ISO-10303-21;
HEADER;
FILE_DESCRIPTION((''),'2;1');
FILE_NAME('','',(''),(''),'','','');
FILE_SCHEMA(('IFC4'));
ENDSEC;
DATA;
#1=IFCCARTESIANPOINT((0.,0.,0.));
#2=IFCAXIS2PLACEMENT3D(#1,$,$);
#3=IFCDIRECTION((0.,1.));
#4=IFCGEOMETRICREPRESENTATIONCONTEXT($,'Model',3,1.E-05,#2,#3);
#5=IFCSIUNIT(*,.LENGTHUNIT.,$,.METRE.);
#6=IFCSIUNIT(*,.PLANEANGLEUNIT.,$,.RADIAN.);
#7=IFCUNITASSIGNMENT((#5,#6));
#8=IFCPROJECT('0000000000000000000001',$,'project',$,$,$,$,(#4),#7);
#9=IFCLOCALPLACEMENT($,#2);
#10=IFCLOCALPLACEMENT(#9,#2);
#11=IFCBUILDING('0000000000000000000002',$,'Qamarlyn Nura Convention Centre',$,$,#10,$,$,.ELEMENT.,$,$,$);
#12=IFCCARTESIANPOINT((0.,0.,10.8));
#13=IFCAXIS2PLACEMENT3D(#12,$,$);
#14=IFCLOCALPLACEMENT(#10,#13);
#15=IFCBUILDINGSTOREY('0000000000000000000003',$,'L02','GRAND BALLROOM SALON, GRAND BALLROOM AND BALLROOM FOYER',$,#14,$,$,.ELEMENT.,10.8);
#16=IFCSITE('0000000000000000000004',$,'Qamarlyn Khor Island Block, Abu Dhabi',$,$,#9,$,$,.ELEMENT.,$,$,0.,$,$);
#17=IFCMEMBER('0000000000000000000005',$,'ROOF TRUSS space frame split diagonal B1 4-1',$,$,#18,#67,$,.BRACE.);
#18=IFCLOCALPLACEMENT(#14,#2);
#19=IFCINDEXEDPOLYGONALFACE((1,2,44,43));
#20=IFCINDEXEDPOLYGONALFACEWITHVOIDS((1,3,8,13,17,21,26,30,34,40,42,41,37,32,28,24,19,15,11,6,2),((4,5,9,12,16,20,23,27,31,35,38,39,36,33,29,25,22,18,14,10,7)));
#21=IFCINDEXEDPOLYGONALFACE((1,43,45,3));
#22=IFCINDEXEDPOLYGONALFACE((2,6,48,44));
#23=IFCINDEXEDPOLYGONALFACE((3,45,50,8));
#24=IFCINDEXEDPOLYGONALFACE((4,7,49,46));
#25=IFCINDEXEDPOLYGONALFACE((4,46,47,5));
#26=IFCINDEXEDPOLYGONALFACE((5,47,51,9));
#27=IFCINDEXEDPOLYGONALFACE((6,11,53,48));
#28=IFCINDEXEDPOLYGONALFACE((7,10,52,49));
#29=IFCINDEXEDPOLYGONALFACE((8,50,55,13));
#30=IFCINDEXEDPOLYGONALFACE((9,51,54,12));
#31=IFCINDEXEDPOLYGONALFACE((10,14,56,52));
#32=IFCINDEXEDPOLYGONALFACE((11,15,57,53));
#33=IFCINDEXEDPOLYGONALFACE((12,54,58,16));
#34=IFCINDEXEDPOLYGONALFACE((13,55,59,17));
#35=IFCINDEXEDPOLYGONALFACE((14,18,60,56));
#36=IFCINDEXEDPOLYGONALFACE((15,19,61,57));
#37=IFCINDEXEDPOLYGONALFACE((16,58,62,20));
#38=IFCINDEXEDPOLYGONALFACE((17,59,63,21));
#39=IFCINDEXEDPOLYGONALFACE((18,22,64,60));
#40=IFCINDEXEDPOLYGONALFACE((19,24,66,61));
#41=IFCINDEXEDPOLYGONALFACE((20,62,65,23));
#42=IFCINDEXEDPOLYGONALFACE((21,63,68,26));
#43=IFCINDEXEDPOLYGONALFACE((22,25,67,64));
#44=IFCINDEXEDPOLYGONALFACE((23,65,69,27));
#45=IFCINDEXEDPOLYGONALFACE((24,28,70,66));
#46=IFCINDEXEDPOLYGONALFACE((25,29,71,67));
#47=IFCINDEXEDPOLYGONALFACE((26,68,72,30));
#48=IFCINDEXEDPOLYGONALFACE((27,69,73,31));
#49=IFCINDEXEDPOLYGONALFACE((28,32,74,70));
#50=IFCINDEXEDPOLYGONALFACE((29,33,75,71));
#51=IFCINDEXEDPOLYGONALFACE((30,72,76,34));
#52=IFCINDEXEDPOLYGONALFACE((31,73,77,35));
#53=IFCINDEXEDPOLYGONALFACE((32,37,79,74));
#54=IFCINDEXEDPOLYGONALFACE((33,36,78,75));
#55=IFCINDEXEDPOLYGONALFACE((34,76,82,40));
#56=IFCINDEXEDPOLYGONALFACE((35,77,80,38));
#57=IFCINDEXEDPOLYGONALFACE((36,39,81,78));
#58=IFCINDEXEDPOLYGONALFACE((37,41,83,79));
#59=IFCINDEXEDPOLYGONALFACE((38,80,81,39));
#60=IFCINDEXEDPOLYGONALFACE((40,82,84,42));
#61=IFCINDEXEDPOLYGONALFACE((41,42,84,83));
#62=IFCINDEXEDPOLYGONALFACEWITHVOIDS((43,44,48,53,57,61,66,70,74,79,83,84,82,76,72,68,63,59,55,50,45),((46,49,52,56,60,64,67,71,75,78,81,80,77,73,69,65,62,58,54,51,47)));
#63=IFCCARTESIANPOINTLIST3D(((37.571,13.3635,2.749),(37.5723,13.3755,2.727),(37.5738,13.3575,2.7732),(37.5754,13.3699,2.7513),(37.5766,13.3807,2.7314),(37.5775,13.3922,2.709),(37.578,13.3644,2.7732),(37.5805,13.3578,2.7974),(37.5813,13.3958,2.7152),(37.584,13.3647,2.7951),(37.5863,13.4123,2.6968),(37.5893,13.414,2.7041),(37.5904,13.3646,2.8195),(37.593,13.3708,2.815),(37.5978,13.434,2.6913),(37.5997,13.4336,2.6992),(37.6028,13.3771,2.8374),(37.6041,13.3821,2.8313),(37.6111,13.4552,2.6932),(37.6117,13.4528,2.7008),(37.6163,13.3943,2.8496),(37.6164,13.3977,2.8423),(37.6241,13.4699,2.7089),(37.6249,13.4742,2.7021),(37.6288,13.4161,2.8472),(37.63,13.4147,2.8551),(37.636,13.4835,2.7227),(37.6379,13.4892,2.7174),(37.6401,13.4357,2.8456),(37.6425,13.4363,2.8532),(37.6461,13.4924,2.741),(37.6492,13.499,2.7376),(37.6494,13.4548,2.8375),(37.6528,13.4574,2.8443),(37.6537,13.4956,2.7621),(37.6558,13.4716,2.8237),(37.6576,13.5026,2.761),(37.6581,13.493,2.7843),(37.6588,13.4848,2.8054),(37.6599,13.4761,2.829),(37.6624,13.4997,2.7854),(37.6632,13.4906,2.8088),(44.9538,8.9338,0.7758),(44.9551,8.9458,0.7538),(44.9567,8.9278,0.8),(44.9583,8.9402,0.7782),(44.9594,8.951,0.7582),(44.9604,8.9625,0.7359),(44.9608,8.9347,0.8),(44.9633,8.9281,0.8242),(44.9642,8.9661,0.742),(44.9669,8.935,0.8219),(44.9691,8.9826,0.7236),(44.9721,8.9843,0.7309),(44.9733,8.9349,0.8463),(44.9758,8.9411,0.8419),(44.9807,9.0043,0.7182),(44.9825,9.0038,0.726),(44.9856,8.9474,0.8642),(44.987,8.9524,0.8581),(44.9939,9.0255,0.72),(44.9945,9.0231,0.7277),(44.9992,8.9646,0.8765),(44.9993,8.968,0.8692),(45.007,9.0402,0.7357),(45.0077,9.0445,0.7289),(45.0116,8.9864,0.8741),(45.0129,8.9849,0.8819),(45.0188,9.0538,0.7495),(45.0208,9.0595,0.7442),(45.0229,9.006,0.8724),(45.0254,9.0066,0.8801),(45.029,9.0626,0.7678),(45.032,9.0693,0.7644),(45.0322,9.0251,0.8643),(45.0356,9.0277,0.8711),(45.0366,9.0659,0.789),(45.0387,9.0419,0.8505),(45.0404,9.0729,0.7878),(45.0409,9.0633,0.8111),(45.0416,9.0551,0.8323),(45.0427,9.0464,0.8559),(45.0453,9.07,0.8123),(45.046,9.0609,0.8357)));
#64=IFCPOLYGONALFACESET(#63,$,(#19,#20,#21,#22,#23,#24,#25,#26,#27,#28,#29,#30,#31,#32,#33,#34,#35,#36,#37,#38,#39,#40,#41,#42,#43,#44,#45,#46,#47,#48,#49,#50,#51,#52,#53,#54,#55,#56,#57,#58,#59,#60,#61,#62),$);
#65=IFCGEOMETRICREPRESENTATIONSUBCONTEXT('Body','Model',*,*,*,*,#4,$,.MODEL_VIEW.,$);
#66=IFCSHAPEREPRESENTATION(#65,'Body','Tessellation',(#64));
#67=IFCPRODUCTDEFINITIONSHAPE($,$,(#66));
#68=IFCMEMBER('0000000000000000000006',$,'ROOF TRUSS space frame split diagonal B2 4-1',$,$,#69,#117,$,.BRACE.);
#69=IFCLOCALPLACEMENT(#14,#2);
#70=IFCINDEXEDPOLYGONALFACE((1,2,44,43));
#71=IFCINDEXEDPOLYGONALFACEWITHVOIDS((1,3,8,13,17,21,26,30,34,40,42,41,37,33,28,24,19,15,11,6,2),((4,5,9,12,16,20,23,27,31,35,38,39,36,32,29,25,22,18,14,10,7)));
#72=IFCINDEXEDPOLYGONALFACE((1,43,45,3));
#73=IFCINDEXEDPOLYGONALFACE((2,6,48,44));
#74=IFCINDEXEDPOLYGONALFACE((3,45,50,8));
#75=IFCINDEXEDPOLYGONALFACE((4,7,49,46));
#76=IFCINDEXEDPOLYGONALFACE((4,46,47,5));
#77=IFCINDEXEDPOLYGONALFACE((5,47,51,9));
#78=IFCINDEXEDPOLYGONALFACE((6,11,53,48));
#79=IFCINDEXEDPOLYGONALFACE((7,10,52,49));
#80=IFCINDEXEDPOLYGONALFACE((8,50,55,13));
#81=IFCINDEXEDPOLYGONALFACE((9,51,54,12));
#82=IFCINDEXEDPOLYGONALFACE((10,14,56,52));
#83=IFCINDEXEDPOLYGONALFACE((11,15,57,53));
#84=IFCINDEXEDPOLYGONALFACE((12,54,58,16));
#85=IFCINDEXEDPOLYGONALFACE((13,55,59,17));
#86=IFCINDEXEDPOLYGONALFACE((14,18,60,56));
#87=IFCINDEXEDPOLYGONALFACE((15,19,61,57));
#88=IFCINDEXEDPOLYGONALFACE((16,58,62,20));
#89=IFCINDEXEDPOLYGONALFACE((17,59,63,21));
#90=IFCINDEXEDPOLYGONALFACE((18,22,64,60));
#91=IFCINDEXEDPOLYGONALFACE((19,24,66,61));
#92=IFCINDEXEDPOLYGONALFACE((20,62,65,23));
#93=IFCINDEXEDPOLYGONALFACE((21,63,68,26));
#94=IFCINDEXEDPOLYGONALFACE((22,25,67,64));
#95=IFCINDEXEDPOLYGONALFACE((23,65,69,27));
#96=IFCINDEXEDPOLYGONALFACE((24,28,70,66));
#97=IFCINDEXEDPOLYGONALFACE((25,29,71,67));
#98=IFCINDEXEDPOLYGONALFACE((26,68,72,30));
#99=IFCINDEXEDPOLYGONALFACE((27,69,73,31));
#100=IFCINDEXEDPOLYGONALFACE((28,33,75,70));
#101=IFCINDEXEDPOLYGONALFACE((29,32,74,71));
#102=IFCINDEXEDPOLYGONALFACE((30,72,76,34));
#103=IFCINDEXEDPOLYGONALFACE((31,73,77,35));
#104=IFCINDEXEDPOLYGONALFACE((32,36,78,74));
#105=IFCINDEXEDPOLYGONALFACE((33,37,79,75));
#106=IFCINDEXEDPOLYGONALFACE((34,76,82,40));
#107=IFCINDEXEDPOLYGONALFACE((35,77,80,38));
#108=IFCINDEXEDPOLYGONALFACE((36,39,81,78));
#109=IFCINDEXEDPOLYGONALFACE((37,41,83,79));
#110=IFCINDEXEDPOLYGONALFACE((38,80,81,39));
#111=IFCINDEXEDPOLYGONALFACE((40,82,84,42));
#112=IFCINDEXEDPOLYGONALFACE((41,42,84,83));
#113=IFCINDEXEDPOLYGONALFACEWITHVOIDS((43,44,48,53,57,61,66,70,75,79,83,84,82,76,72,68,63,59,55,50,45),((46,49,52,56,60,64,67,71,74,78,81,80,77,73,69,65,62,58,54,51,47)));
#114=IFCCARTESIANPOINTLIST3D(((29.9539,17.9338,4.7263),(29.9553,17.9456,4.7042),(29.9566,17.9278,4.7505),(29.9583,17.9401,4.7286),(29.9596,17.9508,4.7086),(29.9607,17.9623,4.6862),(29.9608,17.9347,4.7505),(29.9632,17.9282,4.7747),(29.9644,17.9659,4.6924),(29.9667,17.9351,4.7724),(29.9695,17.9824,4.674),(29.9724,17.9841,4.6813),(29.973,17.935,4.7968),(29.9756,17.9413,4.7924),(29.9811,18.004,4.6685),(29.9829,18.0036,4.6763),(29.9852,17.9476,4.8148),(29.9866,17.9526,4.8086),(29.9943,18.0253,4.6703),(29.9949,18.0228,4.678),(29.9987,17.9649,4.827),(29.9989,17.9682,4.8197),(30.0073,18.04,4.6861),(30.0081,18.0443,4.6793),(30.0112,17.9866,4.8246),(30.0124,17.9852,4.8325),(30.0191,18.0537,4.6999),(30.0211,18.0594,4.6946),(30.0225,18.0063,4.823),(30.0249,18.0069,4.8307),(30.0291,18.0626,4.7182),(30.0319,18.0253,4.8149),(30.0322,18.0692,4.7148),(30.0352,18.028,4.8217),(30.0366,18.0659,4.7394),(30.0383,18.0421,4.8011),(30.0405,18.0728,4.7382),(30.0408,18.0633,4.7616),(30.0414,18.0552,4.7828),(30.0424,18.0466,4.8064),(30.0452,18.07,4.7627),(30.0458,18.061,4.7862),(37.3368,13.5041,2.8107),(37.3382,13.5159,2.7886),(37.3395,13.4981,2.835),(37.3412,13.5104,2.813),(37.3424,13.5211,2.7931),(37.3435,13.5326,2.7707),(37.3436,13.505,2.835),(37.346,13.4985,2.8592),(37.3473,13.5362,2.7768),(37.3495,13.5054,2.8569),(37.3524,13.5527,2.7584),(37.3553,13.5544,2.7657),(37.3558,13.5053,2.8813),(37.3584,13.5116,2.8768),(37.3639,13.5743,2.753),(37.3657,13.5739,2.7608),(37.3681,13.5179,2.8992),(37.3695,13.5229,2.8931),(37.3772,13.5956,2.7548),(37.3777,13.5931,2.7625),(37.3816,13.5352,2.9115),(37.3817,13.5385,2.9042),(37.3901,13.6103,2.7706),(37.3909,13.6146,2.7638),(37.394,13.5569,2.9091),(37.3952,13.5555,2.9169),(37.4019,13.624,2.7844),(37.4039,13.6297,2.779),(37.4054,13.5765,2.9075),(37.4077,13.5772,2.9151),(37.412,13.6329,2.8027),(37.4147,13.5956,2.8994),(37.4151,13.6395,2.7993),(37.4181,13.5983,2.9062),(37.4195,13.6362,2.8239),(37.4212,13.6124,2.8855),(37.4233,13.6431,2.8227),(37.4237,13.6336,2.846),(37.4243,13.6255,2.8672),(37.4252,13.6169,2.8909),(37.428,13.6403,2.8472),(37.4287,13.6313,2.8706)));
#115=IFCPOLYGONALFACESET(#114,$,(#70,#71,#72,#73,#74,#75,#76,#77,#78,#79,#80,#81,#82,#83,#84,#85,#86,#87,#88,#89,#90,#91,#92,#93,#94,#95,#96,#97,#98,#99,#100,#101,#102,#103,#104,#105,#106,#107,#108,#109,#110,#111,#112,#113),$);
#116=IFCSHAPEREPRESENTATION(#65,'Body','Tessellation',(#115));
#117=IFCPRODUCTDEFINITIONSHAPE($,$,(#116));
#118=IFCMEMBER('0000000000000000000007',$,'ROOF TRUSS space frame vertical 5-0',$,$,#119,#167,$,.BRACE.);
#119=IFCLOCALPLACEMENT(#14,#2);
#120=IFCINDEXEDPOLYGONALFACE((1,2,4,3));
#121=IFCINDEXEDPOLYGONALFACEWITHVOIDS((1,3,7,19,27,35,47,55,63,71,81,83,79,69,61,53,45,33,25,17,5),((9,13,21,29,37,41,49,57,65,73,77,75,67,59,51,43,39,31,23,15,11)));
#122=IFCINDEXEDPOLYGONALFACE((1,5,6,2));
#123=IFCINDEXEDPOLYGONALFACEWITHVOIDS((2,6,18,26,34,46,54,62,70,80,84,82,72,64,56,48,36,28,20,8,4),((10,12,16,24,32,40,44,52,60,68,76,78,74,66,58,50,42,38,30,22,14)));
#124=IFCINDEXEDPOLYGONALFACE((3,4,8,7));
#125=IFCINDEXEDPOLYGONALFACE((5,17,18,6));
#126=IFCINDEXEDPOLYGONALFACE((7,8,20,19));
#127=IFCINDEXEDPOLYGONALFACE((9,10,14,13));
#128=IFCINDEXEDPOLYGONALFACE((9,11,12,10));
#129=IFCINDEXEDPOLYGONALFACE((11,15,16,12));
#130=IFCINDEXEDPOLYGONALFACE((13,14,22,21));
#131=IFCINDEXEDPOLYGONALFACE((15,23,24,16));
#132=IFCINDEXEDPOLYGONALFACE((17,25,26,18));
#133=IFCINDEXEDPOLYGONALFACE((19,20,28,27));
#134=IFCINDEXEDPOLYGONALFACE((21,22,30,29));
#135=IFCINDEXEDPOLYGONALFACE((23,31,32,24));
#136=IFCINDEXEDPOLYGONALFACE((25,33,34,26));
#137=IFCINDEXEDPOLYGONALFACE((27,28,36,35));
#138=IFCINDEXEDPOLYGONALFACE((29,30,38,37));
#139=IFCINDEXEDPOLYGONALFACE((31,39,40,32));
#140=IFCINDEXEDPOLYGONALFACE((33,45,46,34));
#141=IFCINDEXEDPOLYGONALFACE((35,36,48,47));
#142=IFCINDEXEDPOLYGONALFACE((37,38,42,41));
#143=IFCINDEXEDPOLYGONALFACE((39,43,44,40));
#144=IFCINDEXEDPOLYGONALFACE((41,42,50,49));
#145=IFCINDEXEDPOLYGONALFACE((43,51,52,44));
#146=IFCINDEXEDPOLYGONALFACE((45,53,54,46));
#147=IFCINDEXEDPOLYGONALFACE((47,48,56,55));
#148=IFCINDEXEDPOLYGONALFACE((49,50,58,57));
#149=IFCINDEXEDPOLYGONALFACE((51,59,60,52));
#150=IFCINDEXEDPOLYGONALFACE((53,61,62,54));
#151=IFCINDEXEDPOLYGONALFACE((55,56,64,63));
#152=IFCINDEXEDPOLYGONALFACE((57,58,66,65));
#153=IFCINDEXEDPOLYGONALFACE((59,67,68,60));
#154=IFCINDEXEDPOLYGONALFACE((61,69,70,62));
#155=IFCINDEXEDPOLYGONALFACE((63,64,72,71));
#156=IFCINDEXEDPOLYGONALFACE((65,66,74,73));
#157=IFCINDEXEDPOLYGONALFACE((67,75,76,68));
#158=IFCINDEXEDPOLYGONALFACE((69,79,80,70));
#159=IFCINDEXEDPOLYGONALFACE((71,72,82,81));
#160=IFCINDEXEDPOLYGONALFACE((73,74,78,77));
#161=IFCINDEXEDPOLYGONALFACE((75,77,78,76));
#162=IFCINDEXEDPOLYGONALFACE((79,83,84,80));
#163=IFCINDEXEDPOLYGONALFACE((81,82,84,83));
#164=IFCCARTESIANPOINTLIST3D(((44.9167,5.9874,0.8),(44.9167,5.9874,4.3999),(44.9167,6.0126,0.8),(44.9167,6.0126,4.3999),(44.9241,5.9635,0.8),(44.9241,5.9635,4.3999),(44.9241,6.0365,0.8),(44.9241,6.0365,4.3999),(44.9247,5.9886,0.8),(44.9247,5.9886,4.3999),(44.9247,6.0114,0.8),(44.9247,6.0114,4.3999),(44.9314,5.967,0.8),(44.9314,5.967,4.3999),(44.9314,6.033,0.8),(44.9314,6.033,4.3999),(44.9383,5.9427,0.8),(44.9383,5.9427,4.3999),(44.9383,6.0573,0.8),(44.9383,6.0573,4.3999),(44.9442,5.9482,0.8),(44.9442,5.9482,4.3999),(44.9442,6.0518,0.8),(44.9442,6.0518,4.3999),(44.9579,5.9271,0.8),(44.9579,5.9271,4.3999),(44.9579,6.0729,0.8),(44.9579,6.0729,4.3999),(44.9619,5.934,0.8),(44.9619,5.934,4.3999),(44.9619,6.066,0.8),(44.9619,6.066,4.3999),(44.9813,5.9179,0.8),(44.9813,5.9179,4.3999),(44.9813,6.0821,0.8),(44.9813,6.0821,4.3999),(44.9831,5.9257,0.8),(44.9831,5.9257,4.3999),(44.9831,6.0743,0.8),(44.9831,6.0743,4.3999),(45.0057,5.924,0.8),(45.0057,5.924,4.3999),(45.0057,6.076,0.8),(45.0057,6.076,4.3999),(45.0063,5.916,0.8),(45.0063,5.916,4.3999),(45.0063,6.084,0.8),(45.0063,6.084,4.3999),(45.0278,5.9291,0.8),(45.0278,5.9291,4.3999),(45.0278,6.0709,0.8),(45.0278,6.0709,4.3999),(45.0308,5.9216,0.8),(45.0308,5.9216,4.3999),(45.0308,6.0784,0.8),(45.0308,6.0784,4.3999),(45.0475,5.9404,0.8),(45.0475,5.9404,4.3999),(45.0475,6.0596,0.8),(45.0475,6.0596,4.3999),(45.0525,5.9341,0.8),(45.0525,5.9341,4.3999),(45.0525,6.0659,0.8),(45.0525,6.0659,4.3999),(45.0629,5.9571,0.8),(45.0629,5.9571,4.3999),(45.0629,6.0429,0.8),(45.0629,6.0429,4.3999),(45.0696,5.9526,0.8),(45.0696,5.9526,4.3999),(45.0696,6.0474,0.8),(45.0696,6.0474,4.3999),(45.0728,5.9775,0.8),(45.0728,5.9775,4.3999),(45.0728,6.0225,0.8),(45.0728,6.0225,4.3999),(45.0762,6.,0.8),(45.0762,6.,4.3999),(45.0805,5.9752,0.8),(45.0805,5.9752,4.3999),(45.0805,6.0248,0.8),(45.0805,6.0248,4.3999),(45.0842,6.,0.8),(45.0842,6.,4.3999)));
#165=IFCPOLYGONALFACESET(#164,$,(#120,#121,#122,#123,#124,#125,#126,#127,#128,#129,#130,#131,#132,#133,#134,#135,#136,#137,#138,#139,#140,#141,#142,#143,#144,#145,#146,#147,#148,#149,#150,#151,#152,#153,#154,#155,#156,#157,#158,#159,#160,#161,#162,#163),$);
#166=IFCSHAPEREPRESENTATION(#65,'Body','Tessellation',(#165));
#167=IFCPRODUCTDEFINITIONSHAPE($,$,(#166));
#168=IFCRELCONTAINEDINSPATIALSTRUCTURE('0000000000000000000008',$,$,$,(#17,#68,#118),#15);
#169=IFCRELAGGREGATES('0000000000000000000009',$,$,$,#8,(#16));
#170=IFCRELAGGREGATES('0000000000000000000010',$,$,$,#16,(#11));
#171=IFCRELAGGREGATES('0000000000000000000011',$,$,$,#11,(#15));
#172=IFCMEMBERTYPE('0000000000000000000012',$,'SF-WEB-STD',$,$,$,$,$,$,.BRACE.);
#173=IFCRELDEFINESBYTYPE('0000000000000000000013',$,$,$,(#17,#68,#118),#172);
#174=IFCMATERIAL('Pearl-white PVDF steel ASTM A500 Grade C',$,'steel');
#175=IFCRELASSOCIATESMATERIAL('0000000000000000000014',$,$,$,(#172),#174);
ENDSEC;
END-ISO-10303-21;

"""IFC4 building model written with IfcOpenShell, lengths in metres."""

from ifc_helpers import new_model, si_unit, direction, frame, origin, origin_2d, place, context, subcontext, project, spatial, hollow_circle, extrude, material, material_profile, profile_set, type_object, element, save


model = new_model("IFC4")

# Units and contexts
model_context = context("Model", 3, precision=1e-05, world=origin(), true_north=direction((0.0, 1.0)))
body_context = subcontext(model_context, "Body", "Model", "MODEL_VIEW")
ifc_project = project(units=[si_unit("LENGTHUNIT", "METRE"), si_unit("PLANEANGLEUNIT", "RADIAN")], contexts=[model_context])

# Site, building, storey
site_placement = place(None, origin())
site = spatial("IfcSite", under=ifc_project, at=site_placement, Name="Qamarlyn Khor Island Block, Abu Dhabi", CompositionType="ELEMENT", RefElevation=0.0)
building_placement = place(site_placement, origin())
building = spatial("IfcBuilding", under=site, at=building_placement, Name="Qamarlyn Nura Convention Centre", CompositionType="ELEMENT")
storey_placement = place(building_placement, frame((0.0, 0.0, 10.8)))
storey = spatial("IfcBuildingStorey", under=building, at=storey_placement, Name="L02", Description="GRAND BALLROOM SALON, GRAND BALLROOM AND BALLROOM FOYER", CompositionType="ELEMENT", Elevation=10.8)

# Members
ifc_material_1 = material(Name="Pearl-white PVDF steel ASTM A500 Grade C", Category="steel")
ifc_material_profile_1 = material_profile(ifc_material_1, hollow_circle(Radius=0.0842, WallThickness=0.0081, at=origin_2d()), Name="CHS168.3X8")
ifc_profile_set_1 = profile_set([ifc_material_profile_1], Name="Pearl-white PVDF steel ASTM A500 Grade C")
member_type_1 = type_object("IfcMemberType", Name="SF-WEB-STD", PredefinedType="BRACE", material=ifc_profile_set_1)
member_1_placement = place(storey_placement, frame((45.0, 9.0, 0.8), z_axis=(-0.835825, 0.501495, 0.223384), x_axis=(-0.514496, -0.857493, 0.0)))
element("IfcMember", 1, at=member_1_placement, inside=storey, type_object=member_type_1, Name="ROOF TRUSS space frame split diagonal B1 4-1", PredefinedType="BRACE", context=body_context, shape_type="SweptSolid", body=[
    extrude(hollow_circle(Radius=0.0842, WallThickness=0.0081, at=origin_2d()), origin(), (0.0, 0.0, 1.0), 8.833),
])
member_2_placement = place(storey_placement, frame((37.3828, 13.5703, 2.835), z_axis=(-0.837027, 0.502216, 0.217173), x_axis=(-0.514496, -0.857493, 0.0)))
element("IfcMember", 2, at=member_2_placement, inside=storey, type_object=member_type_1, Name="ROOF TRUSS space frame split diagonal B2 4-1", PredefinedType="BRACE", context=body_context, shape_type="SweptSolid", body=[
    extrude(hollow_circle(Radius=0.0842, WallThickness=0.0081, at=origin_2d()), origin(), (0.0, 0.0, 1.0), 8.8203),
])
member_3_placement = place(storey_placement, frame((45.0, 6.0, 0.8), z_axis=(0.0, 0.0, 1.0), x_axis=(1.0, 0.0, 0.0)))
element("IfcMember", 3, at=member_3_placement, inside=storey, type_object=member_type_1, Name="ROOF TRUSS space frame vertical 5-0", PredefinedType="BRACE", context=body_context, shape_type="SweptSolid", body=[
    extrude(hollow_circle(Radius=0.0842, WallThickness=0.0081, at=origin_2d()), origin(), (0.0, 0.0, 1.0), 3.5999),
])

save(model, "model.ifc")
